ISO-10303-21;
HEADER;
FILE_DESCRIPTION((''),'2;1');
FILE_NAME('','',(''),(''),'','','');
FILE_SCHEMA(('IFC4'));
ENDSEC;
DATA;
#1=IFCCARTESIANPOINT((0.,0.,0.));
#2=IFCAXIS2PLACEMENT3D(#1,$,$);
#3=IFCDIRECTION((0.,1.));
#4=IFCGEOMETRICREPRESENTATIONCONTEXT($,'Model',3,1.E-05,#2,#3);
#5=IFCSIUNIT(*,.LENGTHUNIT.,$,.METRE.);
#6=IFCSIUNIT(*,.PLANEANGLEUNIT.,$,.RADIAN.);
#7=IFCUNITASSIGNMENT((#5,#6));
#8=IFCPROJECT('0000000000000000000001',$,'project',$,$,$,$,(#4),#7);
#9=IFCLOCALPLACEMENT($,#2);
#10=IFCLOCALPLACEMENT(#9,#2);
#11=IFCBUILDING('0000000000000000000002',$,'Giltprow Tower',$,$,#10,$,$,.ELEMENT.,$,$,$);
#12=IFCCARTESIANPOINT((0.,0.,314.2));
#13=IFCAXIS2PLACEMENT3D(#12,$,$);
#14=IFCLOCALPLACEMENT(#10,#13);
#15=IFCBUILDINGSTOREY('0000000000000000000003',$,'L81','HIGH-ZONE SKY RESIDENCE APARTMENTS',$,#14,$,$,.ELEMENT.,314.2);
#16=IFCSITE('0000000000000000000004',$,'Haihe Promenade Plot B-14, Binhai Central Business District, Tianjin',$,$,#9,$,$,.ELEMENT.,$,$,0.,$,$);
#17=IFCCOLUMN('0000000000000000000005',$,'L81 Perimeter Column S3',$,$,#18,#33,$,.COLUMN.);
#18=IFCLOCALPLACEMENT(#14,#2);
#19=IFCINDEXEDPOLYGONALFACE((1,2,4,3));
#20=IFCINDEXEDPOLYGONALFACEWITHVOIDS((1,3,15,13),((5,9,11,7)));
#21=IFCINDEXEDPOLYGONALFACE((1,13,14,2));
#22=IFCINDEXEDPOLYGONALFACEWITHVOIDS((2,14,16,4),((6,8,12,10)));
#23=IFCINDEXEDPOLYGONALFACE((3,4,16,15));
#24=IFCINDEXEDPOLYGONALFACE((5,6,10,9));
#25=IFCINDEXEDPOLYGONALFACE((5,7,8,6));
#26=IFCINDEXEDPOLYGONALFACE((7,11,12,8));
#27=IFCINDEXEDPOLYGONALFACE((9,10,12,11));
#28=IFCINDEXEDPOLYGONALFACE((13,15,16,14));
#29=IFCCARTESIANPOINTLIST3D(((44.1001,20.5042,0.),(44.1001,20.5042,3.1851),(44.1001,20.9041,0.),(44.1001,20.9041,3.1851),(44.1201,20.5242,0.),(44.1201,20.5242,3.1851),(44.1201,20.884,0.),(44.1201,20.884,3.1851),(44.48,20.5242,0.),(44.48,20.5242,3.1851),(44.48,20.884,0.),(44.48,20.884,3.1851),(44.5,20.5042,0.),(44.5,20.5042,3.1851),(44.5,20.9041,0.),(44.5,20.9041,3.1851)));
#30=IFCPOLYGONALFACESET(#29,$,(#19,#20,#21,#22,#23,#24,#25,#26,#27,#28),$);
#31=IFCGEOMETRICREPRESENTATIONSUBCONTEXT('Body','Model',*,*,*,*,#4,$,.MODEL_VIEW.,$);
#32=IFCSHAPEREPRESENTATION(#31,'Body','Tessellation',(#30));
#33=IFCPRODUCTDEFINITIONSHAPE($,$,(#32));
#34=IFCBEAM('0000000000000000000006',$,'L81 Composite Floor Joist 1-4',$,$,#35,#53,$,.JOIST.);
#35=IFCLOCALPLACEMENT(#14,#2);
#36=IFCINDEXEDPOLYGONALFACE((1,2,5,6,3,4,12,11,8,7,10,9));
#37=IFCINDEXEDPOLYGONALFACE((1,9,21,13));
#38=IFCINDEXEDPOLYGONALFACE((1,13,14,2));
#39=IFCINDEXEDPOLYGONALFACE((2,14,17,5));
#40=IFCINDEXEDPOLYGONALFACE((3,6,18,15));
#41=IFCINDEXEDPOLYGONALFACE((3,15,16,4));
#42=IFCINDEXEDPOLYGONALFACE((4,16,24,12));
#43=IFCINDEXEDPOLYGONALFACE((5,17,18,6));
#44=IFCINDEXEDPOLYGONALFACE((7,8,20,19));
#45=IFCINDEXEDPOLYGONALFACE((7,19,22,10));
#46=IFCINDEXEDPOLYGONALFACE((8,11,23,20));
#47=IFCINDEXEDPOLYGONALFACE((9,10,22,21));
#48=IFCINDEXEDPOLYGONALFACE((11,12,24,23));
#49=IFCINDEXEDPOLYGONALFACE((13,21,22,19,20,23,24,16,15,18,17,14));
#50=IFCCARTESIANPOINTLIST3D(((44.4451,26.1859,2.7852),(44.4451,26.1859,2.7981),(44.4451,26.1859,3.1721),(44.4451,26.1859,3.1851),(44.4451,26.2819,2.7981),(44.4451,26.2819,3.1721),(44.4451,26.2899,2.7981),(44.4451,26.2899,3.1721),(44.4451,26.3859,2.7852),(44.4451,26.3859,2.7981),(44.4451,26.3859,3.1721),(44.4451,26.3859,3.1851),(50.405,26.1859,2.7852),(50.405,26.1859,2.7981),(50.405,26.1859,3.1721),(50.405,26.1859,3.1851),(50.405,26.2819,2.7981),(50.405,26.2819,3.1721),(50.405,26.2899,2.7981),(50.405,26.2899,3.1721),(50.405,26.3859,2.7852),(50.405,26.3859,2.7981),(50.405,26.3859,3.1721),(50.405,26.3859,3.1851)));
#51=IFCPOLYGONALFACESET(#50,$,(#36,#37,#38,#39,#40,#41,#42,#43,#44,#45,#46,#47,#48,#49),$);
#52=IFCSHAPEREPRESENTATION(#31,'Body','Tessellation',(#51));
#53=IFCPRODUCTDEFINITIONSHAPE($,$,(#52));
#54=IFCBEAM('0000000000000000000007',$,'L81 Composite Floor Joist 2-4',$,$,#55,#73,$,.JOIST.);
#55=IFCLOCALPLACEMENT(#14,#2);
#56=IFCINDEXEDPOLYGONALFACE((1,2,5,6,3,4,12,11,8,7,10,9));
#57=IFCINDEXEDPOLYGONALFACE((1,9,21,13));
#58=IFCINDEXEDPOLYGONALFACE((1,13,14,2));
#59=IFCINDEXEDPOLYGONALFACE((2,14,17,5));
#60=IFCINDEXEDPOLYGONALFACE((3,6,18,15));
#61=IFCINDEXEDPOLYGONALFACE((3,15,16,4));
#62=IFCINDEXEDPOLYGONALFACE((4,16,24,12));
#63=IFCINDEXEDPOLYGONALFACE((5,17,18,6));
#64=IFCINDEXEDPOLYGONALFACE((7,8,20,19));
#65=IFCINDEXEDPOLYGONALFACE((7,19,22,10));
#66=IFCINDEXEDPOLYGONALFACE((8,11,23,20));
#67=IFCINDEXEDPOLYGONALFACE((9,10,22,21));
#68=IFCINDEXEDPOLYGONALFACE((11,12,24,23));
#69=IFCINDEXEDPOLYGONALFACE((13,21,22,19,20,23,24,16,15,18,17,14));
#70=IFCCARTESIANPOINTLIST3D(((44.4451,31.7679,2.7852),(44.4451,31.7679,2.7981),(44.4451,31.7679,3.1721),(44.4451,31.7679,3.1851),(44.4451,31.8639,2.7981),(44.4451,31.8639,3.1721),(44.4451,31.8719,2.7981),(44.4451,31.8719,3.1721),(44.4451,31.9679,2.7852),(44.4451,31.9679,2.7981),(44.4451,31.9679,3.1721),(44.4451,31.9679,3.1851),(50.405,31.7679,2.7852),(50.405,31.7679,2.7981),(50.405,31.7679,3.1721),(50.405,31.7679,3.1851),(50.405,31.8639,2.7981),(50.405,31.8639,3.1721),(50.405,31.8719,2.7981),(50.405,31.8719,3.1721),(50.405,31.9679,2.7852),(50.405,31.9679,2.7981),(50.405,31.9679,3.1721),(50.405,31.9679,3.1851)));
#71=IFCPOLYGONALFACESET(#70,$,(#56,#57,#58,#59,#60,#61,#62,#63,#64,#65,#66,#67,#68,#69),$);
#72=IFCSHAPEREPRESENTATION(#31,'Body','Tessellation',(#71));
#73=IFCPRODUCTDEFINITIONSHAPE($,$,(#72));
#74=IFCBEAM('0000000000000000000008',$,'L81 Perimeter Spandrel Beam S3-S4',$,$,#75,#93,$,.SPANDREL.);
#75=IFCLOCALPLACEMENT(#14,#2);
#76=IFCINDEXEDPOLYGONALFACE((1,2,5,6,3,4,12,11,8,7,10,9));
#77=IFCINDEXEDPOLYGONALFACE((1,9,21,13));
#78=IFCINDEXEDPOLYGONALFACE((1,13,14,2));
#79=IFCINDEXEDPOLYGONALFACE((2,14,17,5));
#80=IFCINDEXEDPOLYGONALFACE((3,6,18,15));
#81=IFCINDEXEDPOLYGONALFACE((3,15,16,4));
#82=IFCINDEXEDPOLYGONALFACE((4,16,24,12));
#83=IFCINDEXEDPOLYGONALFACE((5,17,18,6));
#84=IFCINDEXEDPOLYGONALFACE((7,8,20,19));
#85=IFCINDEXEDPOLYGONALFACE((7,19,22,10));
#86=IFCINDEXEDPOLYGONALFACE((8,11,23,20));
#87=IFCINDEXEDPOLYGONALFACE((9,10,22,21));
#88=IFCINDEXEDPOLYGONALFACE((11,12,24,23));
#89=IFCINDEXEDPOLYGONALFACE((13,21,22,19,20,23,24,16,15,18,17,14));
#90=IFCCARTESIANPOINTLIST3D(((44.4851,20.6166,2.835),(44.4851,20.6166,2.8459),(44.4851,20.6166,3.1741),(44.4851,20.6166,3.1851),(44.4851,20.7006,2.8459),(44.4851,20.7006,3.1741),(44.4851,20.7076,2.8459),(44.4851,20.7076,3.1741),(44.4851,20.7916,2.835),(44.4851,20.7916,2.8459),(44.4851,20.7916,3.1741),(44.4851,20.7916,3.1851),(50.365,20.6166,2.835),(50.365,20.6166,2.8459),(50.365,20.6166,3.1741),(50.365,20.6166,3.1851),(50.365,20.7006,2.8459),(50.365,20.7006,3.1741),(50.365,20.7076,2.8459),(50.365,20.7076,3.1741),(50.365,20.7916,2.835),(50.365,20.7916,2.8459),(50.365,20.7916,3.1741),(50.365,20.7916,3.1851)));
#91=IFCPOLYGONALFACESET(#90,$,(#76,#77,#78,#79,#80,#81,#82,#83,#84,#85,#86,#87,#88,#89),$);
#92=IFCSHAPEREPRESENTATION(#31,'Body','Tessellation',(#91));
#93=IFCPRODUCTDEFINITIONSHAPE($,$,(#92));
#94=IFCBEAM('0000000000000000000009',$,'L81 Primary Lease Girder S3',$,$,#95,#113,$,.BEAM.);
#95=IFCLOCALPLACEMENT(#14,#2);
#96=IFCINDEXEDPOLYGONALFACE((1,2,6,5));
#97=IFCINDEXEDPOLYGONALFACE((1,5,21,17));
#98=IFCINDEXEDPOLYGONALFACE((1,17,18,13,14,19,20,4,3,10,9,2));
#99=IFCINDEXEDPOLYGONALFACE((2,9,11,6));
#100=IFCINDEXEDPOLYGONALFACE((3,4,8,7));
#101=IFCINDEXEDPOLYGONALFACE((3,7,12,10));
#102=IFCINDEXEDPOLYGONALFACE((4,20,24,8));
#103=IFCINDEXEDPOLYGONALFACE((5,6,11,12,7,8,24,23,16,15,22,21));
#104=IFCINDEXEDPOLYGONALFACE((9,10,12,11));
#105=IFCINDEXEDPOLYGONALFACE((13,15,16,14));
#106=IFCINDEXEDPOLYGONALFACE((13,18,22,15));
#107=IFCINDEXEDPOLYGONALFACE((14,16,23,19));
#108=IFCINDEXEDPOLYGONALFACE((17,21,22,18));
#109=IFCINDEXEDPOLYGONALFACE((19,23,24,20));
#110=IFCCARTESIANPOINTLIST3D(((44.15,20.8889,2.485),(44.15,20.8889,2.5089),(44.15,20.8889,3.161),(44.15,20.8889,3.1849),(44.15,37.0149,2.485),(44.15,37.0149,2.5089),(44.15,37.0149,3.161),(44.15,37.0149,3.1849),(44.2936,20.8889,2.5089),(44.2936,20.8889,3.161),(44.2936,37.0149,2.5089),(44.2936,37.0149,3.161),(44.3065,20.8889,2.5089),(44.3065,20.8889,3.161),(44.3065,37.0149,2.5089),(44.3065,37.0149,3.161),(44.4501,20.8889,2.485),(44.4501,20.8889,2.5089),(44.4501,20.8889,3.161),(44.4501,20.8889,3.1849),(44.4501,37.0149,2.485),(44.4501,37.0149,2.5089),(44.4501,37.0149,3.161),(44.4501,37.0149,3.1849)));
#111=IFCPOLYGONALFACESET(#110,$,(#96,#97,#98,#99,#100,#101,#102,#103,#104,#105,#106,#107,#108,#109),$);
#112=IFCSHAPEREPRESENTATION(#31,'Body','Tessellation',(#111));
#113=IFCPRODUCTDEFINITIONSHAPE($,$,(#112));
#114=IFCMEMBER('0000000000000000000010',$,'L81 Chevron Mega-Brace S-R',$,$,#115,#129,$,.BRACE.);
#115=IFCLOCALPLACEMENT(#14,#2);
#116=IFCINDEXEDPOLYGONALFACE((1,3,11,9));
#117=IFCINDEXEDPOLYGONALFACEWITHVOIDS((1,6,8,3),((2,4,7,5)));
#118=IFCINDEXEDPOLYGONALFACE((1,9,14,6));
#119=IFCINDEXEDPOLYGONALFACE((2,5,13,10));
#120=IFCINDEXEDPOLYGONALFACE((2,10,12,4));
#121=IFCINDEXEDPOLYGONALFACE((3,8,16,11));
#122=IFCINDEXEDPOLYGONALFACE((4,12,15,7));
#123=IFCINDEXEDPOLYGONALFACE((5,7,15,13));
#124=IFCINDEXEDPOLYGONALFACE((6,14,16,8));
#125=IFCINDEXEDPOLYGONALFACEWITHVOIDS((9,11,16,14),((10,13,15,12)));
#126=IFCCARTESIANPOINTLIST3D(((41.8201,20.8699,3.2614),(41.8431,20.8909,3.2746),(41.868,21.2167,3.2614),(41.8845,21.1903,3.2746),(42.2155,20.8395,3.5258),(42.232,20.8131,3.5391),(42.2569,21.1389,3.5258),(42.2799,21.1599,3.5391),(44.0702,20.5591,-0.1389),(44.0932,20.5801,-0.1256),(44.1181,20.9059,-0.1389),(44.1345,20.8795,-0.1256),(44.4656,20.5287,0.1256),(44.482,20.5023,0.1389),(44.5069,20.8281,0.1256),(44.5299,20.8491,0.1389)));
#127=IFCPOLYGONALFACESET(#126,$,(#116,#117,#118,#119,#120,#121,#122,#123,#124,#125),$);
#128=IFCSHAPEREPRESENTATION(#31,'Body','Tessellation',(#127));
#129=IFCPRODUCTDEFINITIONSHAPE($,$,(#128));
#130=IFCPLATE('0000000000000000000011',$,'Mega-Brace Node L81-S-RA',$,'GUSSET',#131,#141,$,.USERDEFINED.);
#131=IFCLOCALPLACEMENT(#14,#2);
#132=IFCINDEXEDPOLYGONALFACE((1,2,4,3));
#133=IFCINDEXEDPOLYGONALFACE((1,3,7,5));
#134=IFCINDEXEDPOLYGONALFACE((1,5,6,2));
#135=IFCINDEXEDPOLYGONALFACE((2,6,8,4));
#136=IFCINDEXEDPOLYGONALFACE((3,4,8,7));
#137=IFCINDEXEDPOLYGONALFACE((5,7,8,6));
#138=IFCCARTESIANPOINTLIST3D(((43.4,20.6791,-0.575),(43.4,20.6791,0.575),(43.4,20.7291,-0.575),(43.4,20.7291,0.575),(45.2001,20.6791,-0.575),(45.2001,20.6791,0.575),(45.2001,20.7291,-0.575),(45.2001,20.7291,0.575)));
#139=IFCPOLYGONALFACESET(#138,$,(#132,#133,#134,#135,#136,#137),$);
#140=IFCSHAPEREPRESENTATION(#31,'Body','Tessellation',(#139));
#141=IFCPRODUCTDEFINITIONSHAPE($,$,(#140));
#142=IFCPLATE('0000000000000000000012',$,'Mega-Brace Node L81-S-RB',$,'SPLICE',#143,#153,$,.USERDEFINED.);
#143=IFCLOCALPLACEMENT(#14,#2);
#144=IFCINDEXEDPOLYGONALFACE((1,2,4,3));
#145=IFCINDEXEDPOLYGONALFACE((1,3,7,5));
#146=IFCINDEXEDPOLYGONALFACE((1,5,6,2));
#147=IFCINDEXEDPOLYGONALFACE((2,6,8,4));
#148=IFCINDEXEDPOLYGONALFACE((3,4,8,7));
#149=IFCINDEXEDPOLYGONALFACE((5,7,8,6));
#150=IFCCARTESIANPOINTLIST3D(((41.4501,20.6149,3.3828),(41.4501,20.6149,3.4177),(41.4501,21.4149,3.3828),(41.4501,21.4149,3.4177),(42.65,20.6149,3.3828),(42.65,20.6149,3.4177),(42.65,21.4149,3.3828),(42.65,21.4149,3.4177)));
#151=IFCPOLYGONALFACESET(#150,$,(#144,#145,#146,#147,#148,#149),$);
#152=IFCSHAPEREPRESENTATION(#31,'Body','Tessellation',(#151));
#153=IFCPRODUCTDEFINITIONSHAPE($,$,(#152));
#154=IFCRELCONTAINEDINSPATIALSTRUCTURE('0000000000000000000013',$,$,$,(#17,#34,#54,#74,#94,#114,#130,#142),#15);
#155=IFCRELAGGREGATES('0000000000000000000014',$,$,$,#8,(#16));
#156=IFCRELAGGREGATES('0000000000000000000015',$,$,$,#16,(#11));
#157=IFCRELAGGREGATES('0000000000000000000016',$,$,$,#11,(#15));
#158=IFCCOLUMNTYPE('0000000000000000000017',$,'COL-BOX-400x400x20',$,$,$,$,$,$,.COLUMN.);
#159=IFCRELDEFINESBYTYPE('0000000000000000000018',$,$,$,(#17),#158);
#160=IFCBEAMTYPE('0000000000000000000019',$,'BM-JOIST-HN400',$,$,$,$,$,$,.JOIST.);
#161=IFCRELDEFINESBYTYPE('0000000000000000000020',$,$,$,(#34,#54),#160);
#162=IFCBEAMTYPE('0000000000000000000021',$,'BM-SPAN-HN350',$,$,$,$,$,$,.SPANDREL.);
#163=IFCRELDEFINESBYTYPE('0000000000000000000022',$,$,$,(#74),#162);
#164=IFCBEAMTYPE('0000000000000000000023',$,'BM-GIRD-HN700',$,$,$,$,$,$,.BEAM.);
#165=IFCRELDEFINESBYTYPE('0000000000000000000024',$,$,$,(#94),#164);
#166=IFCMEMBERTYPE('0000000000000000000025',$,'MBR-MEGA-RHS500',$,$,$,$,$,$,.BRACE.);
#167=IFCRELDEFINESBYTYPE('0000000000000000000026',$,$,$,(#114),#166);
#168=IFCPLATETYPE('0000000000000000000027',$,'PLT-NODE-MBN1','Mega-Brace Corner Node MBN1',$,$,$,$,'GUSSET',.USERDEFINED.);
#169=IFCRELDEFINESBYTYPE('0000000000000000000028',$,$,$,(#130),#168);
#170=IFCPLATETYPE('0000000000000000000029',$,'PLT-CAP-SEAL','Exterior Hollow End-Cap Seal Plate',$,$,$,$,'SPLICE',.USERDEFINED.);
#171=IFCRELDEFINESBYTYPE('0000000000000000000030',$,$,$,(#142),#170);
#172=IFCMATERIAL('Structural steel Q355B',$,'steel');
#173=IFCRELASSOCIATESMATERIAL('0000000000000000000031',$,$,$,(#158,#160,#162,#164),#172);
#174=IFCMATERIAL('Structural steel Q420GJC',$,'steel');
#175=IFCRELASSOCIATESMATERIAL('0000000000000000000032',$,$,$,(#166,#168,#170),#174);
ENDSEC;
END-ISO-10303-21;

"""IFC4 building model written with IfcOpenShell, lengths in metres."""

from ifc_helpers import new_model, si_unit, direction, frame, origin, origin_2d, place, context, subcontext, project, spatial, rectangle, hollow_rectangle, i_section, extrude, source, transform, mapped, material, material_profile, profile_set, type_object, element, save


model = new_model("IFC4")

# Units and contexts
model_context = context("Model", 3, precision=1e-05, world=origin(), true_north=direction((0.0, 1.0)))
body_context = subcontext(model_context, "Body", "Model", "MODEL_VIEW")
ifc_project = project(units=[si_unit("LENGTHUNIT", "METRE"), si_unit("PLANEANGLEUNIT", "RADIAN")], contexts=[model_context])

# Site, building, storey
site_placement = place(None, origin())
site = spatial("IfcSite", under=ifc_project, at=site_placement, Name="Haihe Promenade Plot B-14, Binhai Central Business District, Tianjin", CompositionType="ELEMENT", RefElevation=0.0)
building_placement = place(site_placement, origin())
building = spatial("IfcBuilding", under=site, at=building_placement, Name="Giltprow Tower", CompositionType="ELEMENT")
storey_placement = place(building_placement, frame((0.0, 0.0, 314.2)))
storey = spatial("IfcBuildingStorey", under=building, at=storey_placement, Name="L81", Description="HIGH-ZONE SKY RESIDENCE APARTMENTS", CompositionType="ELEMENT", Elevation=314.2)

# Column
ifc_material_1 = material(Name="Structural steel Q355B", Category="steel")
ifc_material_profile_1 = material_profile(ifc_material_1, hollow_rectangle(XDim=0.3999, YDim=0.3999, WallThickness=0.02, at=origin_2d()), Name="BOX 400x400x20")
ifc_profile_set_1 = profile_set([ifc_material_profile_1], Name="Structural steel Q355B")
column_type = type_object("IfcColumnType", Name="COL-BOX-400x400x20", PredefinedType="COLUMN", material=ifc_profile_set_1)
shared_shape_1 = source(origin(), body_context, "Body", "SweptSolid", [
    extrude(hollow_rectangle(XDim=0.3999, YDim=0.3999, WallThickness=0.02, at=origin_2d()), origin(), (0.0, 0.0, 1.0), 3.1851),
])
column_placement = place(storey_placement, frame((44.3, 20.7041, 0.0), z_axis=(0.0, 0.0, 1.0), x_axis=(1.0, 0.0, 0.0)))
element("IfcColumn", 1, at=column_placement, inside=storey, type_object=column_type, Name="L81 Perimeter Column S3", PredefinedType="COLUMN", context=body_context, shape_type="MappedRepresentation", body=[
    mapped(shared_shape_1, transform((0.0, 0.0, 0.0), x_axis=(1.0, 0.0, 0.0), y_axis=(0.0, 1.0, 0.0), z_axis=(0.0, 0.0, 1.0), scale=1.0)),
])

# Beams
ifc_material_profile_2 = material_profile(ifc_material_1, i_section(OverallWidth=0.2, OverallDepth=0.3999, WebThickness=0.0081, FlangeThickness=0.0129, at=origin_2d()), Name="HN 400x200x8x13")
ifc_profile_set_2 = profile_set([ifc_material_profile_2], Name="Structural steel Q355B")
beam_type_1 = type_object("IfcBeamType", Name="BM-JOIST-HN400", PredefinedType="JOIST", material=ifc_profile_set_2)
shared_shape_2 = source(origin(), body_context, "Body", "SweptSolid", [
    extrude(i_section(OverallWidth=0.2, OverallDepth=0.3999, WebThickness=0.0081, FlangeThickness=0.0129, at=origin_2d()), origin(), (0.0, 0.0, 1.0), 5.96),
])
for number, where, z_axis, x_axis, name in (
    (2, (44.4451, 26.2859, 2.9851), (1.0, 0.0, 0.0), (0.0, 1.0, 0.0), "L81 Composite Floor Joist 1-4"),
    (3, (44.4451, 31.8679, 2.9851), (1.0, 0.0, 0.0), (0.0, 1.0, 0.0), "L81 Composite Floor Joist 2-4"),
):
    element("IfcBeam", number, at=place(storey_placement, frame(where, z_axis=z_axis, x_axis=x_axis)), inside=storey, type_object=beam_type_1, Name=name, PredefinedType="JOIST", context=body_context, shape_type="MappedRepresentation", body=[
        mapped(shared_shape_2, transform((0.0, 0.0, 0.0), x_axis=(1.0, 0.0, 0.0), y_axis=(0.0, 1.0, 0.0), z_axis=(0.0, 0.0, 1.0), scale=1.0)),
    ])
ifc_material_profile_3 = material_profile(ifc_material_1, i_section(OverallWidth=0.175, OverallDepth=0.3501, WebThickness=0.0071, FlangeThickness=0.011, at=origin_2d()), Name="HN 350x175x7x11")
ifc_profile_set_3 = profile_set([ifc_material_profile_3], Name="Structural steel Q355B")
beam_type_2 = type_object("IfcBeamType", Name="BM-SPAN-HN350", PredefinedType="SPANDREL", material=ifc_profile_set_3)
shared_shape_3 = source(origin(), body_context, "Body", "SweptSolid", [
    extrude(i_section(OverallWidth=0.175, OverallDepth=0.3501, WebThickness=0.0071, FlangeThickness=0.011, at=origin_2d()), origin(), (0.0, 0.0, 1.0), 5.8799),
])
beam_1_placement = place(storey_placement, frame((44.4851, 20.7041, 3.01), z_axis=(1.0, 0.0, 0.0), x_axis=(0.0, 1.0, 0.0)))
element("IfcBeam", 4, at=beam_1_placement, inside=storey, type_object=beam_type_2, Name="L81 Perimeter Spandrel Beam S3-S4", PredefinedType="SPANDREL", context=body_context, shape_type="MappedRepresentation", body=[
    mapped(shared_shape_3, transform((0.0, 0.0, 0.0), x_axis=(1.0, 0.0, 0.0), y_axis=(0.0, 1.0, 0.0), z_axis=(0.0, 0.0, 1.0), scale=1.0)),
])
ifc_material_profile_4 = material_profile(ifc_material_1, i_section(OverallWidth=0.3, OverallDepth=0.7, WebThickness=0.0129, FlangeThickness=0.0239, at=origin_2d()), Name="HN 700x300x13x24")
ifc_profile_set_4 = profile_set([ifc_material_profile_4], Name="Structural steel Q355B")
beam_type_3 = type_object("IfcBeamType", Name="BM-GIRD-HN700", PredefinedType="BEAM", material=ifc_profile_set_4)
shared_shape_4 = source(origin(), body_context, "Body", "SweptSolid", [
    extrude(i_section(OverallWidth=0.3, OverallDepth=0.7, WebThickness=0.0129, FlangeThickness=0.0239, at=origin_2d()), origin(), (0.0, 0.0, 1.0), 16.126),
])
beam_2_placement = place(storey_placement, frame((44.3, 20.8889, 2.835), z_axis=(0.0, 1.0, 0.0), x_axis=(-1.0, 0.0, 0.0)))
element("IfcBeam", 5, at=beam_2_placement, inside=storey, type_object=beam_type_3, Name="L81 Primary Lease Girder S3", PredefinedType="BEAM", context=body_context, shape_type="MappedRepresentation", body=[
    mapped(shared_shape_4, transform((0.0, 0.0, 0.0), x_axis=(1.0, 0.0, 0.0), y_axis=(0.0, 1.0, 0.0), z_axis=(0.0, 0.0, 1.0), scale=1.0)),
])

# Member
ifc_material_2 = material(Name="Structural steel Q420GJC", Category="steel")
ifc_material_profile_5 = material_profile(ifc_material_2, hollow_rectangle(XDim=0.3501, YDim=0.5, WallThickness=0.0239, at=origin_2d()), Name="RHS 500x350x24")
ifc_profile_set_5 = profile_set([ifc_material_profile_5], Name="Structural steel Q420GJC")
member_type = type_object("IfcMemberType", Name="MBR-MEGA-RHS500", PredefinedType="BRACE", material=ifc_profile_set_5)
shared_shape_5 = source(origin(), body_context, "Body", "SweptSolid", [
    extrude(hollow_rectangle(XDim=0.3501, YDim=0.5, WallThickness=0.0239, at=origin_2d()), origin(), (0.0, 0.0, 1.0), 4.0891),
])
member_placement = place(storey_placement, frame((44.3, 20.7041, 0.0), z_axis=(-0.550254, 0.076006, 0.831531), x_axis=(-0.13683, -0.990595, 0.0)))
element("IfcMember", 6, at=member_placement, inside=storey, type_object=member_type, Name="L81 Chevron Mega-Brace S-R", PredefinedType="BRACE", context=body_context, shape_type="MappedRepresentation", body=[
    mapped(shared_shape_5, transform((0.0, 0.0, 0.0), x_axis=(1.0, 0.0, 0.0), y_axis=(0.0, 1.0, 0.0), z_axis=(0.0, 0.0, 1.0), scale=1.0)),
])

# Plates
plate_type_1 = type_object("IfcPlateType", Name="PLT-NODE-MBN1", Description="Mega-Brace Corner Node MBN1", ElementType="GUSSET", PredefinedType="USERDEFINED", material=ifc_material_2)
shared_shape_6 = source(origin(), body_context, "Body", "SweptSolid", [
    extrude(rectangle(XDim=1.8, YDim=0.05, at=origin_2d()), origin(), (0.0, 0.0, 1.0), 1.1499),
])
plate_1_placement = place(storey_placement, frame((44.3, 20.7041, -0.575), z_axis=(0.0, 0.0, 1.0), x_axis=(1.0, 0.0, 0.0)))
element("IfcPlate", 7, at=plate_1_placement, inside=storey, type_object=plate_type_1, Name="Mega-Brace Node L81-S-RA", ObjectType="GUSSET", PredefinedType="USERDEFINED", context=body_context, shape_type="MappedRepresentation", body=[
    mapped(shared_shape_6, transform((0.0, 0.0, 0.0), x_axis=(1.0, 0.0, 0.0), y_axis=(0.0, 1.0, 0.0), z_axis=(0.0, 0.0, 1.0), scale=1.0)),
])
plate_type_2 = type_object("IfcPlateType", Name="PLT-CAP-SEAL", Description="Exterior Hollow End-Cap Seal Plate", ElementType="SPLICE", PredefinedType="USERDEFINED", material=ifc_material_2)
shared_shape_7 = source(origin(), body_context, "Body", "SweptSolid", [
    extrude(rectangle(XDim=1.2, YDim=0.8, at=origin_2d()), origin(), (0.0, 0.0, 1.0), 0.0349),
])
plate_2_placement = place(storey_placement, frame((42.05, 21.0149, 3.3828), z_axis=(0.0, 0.0, 1.0), x_axis=(1.0, 0.0, 0.0)))
element("IfcPlate", 8, at=plate_2_placement, inside=storey, type_object=plate_type_2, Name="Mega-Brace Node L81-S-RB", ObjectType="SPLICE", PredefinedType="USERDEFINED", context=body_context, shape_type="MappedRepresentation", body=[
    mapped(shared_shape_7, transform((0.0, 0.0, 0.0), x_axis=(1.0, 0.0, 0.0), y_axis=(0.0, 1.0, 0.0), z_axis=(0.0, 0.0, 1.0), scale=1.0)),
])

save(model, "model.ifc")
